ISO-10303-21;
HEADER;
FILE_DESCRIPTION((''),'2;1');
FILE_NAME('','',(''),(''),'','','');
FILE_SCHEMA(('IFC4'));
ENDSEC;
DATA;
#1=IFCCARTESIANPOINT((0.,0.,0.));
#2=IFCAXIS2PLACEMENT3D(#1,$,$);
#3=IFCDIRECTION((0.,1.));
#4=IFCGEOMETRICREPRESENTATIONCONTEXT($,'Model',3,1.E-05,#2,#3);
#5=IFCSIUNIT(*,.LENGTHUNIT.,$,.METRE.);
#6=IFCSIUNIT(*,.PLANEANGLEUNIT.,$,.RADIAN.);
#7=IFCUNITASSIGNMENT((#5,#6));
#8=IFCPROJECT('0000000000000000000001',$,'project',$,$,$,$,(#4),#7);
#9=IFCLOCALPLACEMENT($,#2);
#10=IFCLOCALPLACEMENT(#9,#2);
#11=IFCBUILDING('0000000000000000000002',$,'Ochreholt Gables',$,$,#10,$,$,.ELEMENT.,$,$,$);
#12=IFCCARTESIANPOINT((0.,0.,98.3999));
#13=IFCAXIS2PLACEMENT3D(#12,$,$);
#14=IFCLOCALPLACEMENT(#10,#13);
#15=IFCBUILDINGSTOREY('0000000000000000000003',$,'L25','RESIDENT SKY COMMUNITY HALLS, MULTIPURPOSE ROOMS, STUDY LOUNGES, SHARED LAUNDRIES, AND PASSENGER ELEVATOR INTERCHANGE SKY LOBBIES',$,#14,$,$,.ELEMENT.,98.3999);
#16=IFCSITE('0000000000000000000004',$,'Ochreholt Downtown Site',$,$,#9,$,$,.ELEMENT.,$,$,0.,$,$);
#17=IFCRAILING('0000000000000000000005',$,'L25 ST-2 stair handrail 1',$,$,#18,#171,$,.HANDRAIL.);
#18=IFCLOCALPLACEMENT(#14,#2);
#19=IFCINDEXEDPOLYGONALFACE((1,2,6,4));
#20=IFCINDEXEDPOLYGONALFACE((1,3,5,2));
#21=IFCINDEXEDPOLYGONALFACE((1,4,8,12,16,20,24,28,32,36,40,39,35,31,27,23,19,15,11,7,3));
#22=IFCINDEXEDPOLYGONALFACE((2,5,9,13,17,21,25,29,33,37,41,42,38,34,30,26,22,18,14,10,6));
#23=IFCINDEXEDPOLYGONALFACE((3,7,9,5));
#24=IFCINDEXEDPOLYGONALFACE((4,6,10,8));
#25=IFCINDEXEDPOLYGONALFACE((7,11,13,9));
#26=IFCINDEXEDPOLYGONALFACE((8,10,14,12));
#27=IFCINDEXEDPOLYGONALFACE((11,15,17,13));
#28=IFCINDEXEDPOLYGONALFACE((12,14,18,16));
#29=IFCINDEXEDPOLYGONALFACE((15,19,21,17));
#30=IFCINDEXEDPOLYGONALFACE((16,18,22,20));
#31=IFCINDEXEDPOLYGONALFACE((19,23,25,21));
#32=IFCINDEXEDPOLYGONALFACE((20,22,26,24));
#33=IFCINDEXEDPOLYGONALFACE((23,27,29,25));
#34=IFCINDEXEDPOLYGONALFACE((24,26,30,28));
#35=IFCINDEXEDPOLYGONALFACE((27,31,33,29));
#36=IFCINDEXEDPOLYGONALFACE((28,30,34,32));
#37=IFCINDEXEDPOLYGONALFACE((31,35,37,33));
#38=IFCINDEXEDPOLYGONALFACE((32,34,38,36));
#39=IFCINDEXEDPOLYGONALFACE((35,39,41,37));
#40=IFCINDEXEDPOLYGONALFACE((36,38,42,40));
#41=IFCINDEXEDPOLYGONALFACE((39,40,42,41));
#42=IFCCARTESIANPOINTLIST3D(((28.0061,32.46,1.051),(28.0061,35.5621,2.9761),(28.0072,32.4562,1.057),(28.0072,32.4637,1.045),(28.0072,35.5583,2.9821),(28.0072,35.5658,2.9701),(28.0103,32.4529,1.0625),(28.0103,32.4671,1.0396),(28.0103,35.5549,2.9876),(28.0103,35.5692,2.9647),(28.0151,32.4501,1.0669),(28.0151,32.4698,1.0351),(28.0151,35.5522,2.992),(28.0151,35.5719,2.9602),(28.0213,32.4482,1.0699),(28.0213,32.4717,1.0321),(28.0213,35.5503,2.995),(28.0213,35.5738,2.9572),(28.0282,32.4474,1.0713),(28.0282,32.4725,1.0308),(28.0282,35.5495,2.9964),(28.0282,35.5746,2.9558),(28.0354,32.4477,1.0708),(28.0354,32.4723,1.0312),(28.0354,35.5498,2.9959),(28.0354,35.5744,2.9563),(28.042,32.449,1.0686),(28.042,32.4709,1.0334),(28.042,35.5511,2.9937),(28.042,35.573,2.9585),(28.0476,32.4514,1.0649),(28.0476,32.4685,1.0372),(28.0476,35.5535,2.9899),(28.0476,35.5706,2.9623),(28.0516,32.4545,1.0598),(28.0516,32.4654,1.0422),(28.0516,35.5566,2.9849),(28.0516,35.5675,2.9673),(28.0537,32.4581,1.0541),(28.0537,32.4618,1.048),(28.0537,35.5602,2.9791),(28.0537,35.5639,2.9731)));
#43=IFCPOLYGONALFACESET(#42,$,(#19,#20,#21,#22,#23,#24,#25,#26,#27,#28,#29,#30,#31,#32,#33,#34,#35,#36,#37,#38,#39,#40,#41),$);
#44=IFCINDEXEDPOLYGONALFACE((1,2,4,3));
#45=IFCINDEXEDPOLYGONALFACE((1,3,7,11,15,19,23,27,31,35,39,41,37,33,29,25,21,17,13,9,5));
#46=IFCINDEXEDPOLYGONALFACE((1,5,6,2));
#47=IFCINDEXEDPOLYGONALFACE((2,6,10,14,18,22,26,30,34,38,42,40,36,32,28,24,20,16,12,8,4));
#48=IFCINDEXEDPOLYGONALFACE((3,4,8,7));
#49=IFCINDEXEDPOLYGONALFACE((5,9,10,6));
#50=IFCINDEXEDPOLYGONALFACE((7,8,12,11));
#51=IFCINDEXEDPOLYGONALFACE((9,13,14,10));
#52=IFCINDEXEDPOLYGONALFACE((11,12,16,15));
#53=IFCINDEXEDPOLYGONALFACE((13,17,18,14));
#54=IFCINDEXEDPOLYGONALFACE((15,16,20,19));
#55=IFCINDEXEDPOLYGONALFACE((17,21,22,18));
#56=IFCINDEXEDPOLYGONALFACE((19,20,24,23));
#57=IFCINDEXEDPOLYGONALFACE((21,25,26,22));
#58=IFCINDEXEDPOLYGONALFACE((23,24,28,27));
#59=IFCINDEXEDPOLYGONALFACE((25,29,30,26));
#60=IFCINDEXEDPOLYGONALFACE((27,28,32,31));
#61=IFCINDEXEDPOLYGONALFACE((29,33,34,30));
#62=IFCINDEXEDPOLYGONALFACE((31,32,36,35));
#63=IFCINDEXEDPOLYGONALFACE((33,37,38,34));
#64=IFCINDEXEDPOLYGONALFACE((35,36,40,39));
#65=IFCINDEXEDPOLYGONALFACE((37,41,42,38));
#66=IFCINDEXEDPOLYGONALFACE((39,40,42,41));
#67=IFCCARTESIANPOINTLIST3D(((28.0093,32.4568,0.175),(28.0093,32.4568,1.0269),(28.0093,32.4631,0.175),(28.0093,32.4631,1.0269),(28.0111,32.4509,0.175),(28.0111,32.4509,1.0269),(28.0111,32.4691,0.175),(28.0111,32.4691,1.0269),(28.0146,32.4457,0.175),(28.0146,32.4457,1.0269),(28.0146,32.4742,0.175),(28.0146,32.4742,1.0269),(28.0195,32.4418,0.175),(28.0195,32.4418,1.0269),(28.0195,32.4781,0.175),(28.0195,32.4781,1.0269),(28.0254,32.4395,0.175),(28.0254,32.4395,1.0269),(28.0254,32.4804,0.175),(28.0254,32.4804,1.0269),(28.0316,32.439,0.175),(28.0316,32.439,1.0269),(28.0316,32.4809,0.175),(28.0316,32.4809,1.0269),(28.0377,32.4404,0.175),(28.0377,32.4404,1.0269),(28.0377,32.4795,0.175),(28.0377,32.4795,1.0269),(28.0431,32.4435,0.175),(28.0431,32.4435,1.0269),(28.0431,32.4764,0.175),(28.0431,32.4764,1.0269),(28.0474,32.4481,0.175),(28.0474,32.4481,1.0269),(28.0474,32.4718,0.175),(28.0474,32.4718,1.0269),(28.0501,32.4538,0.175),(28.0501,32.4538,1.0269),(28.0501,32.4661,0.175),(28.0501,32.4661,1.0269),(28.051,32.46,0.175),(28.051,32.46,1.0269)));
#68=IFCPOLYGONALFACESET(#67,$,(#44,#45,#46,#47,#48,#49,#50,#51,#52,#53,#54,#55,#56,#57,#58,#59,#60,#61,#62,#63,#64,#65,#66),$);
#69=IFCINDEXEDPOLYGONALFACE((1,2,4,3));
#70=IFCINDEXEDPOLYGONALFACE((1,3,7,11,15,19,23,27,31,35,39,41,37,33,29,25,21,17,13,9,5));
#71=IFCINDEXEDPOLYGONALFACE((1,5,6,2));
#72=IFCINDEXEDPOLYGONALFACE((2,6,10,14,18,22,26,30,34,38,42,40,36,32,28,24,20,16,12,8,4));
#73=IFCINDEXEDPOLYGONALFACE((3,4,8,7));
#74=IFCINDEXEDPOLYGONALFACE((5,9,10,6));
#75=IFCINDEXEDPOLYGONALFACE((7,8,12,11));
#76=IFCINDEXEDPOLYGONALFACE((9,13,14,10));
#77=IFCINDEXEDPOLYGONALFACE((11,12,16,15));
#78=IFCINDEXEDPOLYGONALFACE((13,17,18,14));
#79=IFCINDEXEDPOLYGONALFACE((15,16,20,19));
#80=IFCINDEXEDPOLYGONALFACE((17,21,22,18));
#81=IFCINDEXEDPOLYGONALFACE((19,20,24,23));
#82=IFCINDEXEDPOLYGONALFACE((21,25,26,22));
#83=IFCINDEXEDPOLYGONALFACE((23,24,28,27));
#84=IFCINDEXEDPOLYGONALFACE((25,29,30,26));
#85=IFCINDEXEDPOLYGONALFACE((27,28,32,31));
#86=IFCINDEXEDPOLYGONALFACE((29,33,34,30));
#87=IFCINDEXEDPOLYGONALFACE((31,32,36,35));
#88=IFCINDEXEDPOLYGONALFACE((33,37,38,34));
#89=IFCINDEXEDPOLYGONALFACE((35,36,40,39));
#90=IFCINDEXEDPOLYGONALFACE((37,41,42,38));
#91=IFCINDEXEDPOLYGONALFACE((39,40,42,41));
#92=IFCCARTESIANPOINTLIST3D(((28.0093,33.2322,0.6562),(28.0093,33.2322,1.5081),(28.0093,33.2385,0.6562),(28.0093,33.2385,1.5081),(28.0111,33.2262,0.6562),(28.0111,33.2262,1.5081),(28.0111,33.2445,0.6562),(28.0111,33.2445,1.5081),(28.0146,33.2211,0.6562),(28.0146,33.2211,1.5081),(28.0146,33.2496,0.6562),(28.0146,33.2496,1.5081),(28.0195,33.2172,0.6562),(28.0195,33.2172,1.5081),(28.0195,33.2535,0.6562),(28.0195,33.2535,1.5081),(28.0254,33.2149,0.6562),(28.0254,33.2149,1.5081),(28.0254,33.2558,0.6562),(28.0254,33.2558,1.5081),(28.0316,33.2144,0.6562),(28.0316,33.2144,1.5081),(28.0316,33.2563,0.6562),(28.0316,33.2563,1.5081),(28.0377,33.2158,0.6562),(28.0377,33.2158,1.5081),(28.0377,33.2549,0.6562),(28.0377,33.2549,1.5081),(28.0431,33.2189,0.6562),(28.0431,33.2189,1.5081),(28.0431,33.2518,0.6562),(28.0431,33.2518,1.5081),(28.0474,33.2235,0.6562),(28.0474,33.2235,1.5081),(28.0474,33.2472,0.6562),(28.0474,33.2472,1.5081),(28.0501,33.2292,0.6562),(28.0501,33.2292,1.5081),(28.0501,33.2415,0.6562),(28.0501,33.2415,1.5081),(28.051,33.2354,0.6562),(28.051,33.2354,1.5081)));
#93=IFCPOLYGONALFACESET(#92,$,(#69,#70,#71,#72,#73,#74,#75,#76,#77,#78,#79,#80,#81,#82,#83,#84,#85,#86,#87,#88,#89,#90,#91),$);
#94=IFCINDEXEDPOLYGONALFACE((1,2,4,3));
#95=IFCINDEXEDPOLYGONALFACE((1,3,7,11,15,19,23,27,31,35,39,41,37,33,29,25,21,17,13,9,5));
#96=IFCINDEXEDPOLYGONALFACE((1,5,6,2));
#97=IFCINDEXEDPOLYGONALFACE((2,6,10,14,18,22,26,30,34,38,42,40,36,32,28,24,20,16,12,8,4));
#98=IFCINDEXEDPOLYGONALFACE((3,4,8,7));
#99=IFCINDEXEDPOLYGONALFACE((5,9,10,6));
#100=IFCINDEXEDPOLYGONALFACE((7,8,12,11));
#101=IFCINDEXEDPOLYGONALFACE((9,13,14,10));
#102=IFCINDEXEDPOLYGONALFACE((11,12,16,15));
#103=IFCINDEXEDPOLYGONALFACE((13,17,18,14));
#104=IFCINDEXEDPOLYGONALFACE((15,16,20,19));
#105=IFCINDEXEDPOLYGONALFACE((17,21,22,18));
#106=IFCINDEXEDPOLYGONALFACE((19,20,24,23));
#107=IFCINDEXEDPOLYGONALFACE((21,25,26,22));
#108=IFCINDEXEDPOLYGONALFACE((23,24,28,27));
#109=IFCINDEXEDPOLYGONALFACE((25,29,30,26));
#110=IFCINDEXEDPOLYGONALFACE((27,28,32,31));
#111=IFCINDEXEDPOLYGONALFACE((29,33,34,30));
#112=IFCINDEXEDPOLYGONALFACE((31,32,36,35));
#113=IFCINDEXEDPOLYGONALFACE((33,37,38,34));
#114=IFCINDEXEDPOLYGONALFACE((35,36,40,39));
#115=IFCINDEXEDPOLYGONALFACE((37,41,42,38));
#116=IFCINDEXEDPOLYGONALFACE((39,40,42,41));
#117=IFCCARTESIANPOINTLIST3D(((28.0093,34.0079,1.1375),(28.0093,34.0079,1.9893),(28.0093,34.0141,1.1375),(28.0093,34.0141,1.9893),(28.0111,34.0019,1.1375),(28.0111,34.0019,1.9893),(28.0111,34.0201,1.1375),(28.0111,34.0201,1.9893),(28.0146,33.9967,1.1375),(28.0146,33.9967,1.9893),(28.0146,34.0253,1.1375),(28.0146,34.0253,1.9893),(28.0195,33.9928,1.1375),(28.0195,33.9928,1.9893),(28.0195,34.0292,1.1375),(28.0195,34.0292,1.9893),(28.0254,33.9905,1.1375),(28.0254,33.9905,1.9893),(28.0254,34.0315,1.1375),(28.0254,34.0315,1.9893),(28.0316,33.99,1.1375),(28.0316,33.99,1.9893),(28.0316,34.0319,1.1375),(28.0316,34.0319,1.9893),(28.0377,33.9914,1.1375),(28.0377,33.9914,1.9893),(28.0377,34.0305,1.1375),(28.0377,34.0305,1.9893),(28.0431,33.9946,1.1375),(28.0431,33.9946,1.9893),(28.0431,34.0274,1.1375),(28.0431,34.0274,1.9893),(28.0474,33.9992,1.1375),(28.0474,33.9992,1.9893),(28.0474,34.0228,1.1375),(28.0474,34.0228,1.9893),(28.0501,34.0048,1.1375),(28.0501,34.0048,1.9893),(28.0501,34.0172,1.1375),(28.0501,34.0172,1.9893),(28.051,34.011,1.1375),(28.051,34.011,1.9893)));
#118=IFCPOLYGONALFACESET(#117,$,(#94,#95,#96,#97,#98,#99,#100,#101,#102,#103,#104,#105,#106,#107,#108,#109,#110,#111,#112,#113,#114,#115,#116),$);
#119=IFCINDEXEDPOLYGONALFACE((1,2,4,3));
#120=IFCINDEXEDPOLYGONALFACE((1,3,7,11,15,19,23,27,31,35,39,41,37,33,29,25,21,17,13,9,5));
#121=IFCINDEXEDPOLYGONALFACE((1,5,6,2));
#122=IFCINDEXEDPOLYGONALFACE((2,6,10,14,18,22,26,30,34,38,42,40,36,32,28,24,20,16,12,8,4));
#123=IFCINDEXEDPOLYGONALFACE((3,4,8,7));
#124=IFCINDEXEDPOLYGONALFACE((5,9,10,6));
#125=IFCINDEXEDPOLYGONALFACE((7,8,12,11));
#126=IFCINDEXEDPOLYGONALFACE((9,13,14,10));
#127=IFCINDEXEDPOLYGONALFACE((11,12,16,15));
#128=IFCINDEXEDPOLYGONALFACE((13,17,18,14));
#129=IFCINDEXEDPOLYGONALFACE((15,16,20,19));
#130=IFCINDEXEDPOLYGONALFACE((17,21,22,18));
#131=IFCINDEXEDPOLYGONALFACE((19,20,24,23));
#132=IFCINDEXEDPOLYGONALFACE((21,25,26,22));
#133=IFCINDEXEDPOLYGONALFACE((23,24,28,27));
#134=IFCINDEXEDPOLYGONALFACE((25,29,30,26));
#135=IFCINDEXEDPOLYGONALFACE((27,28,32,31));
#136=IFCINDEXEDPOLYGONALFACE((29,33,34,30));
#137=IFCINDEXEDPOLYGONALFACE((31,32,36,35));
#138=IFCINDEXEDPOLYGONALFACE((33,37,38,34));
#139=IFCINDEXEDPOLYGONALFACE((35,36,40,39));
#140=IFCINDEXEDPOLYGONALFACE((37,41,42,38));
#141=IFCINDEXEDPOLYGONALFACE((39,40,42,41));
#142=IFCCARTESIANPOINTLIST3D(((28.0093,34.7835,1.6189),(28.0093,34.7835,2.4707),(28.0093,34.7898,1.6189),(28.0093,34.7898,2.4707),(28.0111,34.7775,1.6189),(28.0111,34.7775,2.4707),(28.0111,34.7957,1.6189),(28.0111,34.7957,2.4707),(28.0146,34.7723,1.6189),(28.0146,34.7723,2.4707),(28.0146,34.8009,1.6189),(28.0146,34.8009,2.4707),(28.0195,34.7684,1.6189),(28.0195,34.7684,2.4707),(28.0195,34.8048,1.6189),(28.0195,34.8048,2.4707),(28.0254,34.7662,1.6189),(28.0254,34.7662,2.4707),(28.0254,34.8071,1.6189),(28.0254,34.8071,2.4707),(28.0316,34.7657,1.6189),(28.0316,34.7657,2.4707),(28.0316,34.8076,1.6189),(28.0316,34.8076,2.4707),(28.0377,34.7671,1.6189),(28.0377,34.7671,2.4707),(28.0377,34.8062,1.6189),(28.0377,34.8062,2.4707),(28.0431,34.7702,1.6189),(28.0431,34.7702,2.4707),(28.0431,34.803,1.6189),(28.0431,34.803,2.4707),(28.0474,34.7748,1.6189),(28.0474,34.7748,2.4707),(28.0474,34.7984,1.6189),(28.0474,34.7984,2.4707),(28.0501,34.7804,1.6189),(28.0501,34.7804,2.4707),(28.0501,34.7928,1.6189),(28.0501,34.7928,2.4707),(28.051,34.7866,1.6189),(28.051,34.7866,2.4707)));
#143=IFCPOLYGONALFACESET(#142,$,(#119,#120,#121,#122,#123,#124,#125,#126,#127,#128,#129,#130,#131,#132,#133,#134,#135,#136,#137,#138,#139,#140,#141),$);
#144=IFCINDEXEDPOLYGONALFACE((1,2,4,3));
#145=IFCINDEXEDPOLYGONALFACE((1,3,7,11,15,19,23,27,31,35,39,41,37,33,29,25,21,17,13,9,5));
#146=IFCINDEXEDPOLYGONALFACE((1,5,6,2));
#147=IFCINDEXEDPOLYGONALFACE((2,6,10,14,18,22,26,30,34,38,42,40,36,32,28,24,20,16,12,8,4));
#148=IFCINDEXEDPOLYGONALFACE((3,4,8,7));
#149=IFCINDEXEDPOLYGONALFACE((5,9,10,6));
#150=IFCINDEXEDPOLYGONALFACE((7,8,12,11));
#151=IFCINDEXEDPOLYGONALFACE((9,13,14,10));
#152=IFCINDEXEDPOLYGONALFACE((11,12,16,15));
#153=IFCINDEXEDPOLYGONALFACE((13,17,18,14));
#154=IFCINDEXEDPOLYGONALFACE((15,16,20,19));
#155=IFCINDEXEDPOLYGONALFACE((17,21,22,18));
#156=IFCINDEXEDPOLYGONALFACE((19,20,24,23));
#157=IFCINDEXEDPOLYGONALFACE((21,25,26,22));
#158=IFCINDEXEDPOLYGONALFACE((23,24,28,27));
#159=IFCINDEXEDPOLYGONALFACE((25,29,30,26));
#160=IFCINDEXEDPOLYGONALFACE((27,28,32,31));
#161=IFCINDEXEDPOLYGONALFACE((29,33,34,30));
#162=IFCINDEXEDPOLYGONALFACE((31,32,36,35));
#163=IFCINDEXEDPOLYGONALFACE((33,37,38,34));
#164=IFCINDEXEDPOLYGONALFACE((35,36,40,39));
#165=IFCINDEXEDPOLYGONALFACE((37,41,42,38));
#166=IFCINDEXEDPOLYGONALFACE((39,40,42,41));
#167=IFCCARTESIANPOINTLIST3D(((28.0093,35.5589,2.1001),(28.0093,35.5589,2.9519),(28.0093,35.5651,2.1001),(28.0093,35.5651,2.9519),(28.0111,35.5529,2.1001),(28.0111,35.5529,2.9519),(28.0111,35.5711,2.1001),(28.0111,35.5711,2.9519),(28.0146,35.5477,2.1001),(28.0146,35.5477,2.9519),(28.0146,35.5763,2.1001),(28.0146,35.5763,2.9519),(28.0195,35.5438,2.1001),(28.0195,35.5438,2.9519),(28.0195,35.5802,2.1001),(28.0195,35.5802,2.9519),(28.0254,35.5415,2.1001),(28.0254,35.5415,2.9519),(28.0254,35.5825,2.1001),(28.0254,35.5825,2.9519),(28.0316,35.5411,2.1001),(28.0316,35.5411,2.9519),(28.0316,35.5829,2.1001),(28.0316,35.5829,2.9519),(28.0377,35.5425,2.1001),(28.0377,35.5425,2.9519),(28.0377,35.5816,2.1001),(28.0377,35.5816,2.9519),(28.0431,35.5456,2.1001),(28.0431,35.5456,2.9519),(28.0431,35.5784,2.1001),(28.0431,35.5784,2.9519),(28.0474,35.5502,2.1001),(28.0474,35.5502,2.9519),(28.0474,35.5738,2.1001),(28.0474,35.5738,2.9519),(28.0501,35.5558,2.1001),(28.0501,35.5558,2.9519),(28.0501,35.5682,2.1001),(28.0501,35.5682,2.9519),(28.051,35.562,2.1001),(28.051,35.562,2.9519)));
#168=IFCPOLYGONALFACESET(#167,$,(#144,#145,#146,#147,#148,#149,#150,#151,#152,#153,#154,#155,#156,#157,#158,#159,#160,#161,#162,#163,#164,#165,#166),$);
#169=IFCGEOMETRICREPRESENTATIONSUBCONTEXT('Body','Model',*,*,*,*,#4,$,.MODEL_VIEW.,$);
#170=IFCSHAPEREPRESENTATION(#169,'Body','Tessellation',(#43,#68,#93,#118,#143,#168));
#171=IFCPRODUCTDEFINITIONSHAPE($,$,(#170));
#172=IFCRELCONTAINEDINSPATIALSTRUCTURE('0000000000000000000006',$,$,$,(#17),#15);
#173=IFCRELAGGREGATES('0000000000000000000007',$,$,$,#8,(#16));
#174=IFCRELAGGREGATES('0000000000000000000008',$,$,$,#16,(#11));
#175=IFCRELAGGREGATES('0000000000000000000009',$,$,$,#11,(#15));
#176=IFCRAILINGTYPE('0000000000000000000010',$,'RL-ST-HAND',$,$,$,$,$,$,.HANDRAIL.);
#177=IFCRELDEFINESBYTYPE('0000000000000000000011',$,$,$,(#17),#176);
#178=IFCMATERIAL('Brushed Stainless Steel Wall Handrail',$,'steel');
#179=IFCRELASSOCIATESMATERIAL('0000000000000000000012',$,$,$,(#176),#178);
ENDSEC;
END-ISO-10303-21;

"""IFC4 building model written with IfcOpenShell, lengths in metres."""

from ifc_helpers import new_model, si_unit, direction, frame, origin, origin_2d, place, context, subcontext, project, spatial, circle, extrude, material, type_object, element, save


model = new_model("IFC4")

# Units and contexts
model_context = context("Model", 3, precision=1e-05, world=origin(), true_north=direction((0.0, 1.0)))
body_context = subcontext(model_context, "Body", "Model", "MODEL_VIEW")
ifc_project = project(units=[si_unit("LENGTHUNIT", "METRE"), si_unit("PLANEANGLEUNIT", "RADIAN")], contexts=[model_context])

# Site, building, storey
site_placement = place(None, origin())
site = spatial("IfcSite", under=ifc_project, at=site_placement, Name="Ochreholt Downtown Site", CompositionType="ELEMENT", RefElevation=0.0)
building_placement = place(site_placement, origin())
building = spatial("IfcBuilding", under=site, at=building_placement, Name="Ochreholt Gables", CompositionType="ELEMENT")
storey_placement = place(building_placement, frame((0.0, 0.0, 98.3999)))
storey = spatial("IfcBuildingStorey", under=building, at=storey_placement, Name="L25", Description="RESIDENT SKY COMMUNITY HALLS, MULTIPURPOSE ROOMS, STUDY LOUNGES, SHARED LAUNDRIES, AND PASSENGER ELEVATOR INTERCHANGE SKY LOBBIES", CompositionType="ELEMENT", Elevation=98.3999)

# Railing
ifc_material_1 = material(Name="Brushed Stainless Steel Wall Handrail", Category="steel")
railing_type = type_object("IfcRailingType", Name="RL-ST-HAND", PredefinedType="HANDRAIL", material=ifc_material_1)
railing_placement = place(storey_placement, frame((28.03, 32.46, 0.175)))
element("IfcRailing", 1, at=railing_placement, inside=storey, type_object=railing_type, Name="L25 ST-2 stair handrail 1", PredefinedType="HANDRAIL", context=body_context, shape_type="SweptSolid", body=[
    extrude(circle(Radius=0.0239, at=origin_2d()), frame((0.0, 0.0, 0.876), z_axis=(0.0, 0.849685, 0.527291), x_axis=(-1.0, 0.0, 0.0)), (0.0, 0.0, 1.0), 3.6509),
    extrude(circle(Radius=0.021, at=origin_2d()), origin(), (0.0, 0.0, 1.0), 0.8518),
    extrude(circle(Radius=0.021, at=origin_2d()), frame((0.0, 0.7754, 0.4812)), (0.0, 0.0, 1.0), 0.8518),
    extrude(circle(Radius=0.021, at=origin_2d()), frame((0.0, 1.551, 0.9624)), (0.0, 0.0, 1.0), 0.8518),
    extrude(circle(Radius=0.021, at=origin_2d()), frame((0.0, 2.3267, 1.4438)), (0.0, 0.0, 1.0), 0.8518),
    extrude(circle(Radius=0.021, at=origin_2d()), frame((0.0, 3.1021, 1.925)), (0.0, 0.0, 1.0), 0.8518),
])

save(model, "model.ifc")
